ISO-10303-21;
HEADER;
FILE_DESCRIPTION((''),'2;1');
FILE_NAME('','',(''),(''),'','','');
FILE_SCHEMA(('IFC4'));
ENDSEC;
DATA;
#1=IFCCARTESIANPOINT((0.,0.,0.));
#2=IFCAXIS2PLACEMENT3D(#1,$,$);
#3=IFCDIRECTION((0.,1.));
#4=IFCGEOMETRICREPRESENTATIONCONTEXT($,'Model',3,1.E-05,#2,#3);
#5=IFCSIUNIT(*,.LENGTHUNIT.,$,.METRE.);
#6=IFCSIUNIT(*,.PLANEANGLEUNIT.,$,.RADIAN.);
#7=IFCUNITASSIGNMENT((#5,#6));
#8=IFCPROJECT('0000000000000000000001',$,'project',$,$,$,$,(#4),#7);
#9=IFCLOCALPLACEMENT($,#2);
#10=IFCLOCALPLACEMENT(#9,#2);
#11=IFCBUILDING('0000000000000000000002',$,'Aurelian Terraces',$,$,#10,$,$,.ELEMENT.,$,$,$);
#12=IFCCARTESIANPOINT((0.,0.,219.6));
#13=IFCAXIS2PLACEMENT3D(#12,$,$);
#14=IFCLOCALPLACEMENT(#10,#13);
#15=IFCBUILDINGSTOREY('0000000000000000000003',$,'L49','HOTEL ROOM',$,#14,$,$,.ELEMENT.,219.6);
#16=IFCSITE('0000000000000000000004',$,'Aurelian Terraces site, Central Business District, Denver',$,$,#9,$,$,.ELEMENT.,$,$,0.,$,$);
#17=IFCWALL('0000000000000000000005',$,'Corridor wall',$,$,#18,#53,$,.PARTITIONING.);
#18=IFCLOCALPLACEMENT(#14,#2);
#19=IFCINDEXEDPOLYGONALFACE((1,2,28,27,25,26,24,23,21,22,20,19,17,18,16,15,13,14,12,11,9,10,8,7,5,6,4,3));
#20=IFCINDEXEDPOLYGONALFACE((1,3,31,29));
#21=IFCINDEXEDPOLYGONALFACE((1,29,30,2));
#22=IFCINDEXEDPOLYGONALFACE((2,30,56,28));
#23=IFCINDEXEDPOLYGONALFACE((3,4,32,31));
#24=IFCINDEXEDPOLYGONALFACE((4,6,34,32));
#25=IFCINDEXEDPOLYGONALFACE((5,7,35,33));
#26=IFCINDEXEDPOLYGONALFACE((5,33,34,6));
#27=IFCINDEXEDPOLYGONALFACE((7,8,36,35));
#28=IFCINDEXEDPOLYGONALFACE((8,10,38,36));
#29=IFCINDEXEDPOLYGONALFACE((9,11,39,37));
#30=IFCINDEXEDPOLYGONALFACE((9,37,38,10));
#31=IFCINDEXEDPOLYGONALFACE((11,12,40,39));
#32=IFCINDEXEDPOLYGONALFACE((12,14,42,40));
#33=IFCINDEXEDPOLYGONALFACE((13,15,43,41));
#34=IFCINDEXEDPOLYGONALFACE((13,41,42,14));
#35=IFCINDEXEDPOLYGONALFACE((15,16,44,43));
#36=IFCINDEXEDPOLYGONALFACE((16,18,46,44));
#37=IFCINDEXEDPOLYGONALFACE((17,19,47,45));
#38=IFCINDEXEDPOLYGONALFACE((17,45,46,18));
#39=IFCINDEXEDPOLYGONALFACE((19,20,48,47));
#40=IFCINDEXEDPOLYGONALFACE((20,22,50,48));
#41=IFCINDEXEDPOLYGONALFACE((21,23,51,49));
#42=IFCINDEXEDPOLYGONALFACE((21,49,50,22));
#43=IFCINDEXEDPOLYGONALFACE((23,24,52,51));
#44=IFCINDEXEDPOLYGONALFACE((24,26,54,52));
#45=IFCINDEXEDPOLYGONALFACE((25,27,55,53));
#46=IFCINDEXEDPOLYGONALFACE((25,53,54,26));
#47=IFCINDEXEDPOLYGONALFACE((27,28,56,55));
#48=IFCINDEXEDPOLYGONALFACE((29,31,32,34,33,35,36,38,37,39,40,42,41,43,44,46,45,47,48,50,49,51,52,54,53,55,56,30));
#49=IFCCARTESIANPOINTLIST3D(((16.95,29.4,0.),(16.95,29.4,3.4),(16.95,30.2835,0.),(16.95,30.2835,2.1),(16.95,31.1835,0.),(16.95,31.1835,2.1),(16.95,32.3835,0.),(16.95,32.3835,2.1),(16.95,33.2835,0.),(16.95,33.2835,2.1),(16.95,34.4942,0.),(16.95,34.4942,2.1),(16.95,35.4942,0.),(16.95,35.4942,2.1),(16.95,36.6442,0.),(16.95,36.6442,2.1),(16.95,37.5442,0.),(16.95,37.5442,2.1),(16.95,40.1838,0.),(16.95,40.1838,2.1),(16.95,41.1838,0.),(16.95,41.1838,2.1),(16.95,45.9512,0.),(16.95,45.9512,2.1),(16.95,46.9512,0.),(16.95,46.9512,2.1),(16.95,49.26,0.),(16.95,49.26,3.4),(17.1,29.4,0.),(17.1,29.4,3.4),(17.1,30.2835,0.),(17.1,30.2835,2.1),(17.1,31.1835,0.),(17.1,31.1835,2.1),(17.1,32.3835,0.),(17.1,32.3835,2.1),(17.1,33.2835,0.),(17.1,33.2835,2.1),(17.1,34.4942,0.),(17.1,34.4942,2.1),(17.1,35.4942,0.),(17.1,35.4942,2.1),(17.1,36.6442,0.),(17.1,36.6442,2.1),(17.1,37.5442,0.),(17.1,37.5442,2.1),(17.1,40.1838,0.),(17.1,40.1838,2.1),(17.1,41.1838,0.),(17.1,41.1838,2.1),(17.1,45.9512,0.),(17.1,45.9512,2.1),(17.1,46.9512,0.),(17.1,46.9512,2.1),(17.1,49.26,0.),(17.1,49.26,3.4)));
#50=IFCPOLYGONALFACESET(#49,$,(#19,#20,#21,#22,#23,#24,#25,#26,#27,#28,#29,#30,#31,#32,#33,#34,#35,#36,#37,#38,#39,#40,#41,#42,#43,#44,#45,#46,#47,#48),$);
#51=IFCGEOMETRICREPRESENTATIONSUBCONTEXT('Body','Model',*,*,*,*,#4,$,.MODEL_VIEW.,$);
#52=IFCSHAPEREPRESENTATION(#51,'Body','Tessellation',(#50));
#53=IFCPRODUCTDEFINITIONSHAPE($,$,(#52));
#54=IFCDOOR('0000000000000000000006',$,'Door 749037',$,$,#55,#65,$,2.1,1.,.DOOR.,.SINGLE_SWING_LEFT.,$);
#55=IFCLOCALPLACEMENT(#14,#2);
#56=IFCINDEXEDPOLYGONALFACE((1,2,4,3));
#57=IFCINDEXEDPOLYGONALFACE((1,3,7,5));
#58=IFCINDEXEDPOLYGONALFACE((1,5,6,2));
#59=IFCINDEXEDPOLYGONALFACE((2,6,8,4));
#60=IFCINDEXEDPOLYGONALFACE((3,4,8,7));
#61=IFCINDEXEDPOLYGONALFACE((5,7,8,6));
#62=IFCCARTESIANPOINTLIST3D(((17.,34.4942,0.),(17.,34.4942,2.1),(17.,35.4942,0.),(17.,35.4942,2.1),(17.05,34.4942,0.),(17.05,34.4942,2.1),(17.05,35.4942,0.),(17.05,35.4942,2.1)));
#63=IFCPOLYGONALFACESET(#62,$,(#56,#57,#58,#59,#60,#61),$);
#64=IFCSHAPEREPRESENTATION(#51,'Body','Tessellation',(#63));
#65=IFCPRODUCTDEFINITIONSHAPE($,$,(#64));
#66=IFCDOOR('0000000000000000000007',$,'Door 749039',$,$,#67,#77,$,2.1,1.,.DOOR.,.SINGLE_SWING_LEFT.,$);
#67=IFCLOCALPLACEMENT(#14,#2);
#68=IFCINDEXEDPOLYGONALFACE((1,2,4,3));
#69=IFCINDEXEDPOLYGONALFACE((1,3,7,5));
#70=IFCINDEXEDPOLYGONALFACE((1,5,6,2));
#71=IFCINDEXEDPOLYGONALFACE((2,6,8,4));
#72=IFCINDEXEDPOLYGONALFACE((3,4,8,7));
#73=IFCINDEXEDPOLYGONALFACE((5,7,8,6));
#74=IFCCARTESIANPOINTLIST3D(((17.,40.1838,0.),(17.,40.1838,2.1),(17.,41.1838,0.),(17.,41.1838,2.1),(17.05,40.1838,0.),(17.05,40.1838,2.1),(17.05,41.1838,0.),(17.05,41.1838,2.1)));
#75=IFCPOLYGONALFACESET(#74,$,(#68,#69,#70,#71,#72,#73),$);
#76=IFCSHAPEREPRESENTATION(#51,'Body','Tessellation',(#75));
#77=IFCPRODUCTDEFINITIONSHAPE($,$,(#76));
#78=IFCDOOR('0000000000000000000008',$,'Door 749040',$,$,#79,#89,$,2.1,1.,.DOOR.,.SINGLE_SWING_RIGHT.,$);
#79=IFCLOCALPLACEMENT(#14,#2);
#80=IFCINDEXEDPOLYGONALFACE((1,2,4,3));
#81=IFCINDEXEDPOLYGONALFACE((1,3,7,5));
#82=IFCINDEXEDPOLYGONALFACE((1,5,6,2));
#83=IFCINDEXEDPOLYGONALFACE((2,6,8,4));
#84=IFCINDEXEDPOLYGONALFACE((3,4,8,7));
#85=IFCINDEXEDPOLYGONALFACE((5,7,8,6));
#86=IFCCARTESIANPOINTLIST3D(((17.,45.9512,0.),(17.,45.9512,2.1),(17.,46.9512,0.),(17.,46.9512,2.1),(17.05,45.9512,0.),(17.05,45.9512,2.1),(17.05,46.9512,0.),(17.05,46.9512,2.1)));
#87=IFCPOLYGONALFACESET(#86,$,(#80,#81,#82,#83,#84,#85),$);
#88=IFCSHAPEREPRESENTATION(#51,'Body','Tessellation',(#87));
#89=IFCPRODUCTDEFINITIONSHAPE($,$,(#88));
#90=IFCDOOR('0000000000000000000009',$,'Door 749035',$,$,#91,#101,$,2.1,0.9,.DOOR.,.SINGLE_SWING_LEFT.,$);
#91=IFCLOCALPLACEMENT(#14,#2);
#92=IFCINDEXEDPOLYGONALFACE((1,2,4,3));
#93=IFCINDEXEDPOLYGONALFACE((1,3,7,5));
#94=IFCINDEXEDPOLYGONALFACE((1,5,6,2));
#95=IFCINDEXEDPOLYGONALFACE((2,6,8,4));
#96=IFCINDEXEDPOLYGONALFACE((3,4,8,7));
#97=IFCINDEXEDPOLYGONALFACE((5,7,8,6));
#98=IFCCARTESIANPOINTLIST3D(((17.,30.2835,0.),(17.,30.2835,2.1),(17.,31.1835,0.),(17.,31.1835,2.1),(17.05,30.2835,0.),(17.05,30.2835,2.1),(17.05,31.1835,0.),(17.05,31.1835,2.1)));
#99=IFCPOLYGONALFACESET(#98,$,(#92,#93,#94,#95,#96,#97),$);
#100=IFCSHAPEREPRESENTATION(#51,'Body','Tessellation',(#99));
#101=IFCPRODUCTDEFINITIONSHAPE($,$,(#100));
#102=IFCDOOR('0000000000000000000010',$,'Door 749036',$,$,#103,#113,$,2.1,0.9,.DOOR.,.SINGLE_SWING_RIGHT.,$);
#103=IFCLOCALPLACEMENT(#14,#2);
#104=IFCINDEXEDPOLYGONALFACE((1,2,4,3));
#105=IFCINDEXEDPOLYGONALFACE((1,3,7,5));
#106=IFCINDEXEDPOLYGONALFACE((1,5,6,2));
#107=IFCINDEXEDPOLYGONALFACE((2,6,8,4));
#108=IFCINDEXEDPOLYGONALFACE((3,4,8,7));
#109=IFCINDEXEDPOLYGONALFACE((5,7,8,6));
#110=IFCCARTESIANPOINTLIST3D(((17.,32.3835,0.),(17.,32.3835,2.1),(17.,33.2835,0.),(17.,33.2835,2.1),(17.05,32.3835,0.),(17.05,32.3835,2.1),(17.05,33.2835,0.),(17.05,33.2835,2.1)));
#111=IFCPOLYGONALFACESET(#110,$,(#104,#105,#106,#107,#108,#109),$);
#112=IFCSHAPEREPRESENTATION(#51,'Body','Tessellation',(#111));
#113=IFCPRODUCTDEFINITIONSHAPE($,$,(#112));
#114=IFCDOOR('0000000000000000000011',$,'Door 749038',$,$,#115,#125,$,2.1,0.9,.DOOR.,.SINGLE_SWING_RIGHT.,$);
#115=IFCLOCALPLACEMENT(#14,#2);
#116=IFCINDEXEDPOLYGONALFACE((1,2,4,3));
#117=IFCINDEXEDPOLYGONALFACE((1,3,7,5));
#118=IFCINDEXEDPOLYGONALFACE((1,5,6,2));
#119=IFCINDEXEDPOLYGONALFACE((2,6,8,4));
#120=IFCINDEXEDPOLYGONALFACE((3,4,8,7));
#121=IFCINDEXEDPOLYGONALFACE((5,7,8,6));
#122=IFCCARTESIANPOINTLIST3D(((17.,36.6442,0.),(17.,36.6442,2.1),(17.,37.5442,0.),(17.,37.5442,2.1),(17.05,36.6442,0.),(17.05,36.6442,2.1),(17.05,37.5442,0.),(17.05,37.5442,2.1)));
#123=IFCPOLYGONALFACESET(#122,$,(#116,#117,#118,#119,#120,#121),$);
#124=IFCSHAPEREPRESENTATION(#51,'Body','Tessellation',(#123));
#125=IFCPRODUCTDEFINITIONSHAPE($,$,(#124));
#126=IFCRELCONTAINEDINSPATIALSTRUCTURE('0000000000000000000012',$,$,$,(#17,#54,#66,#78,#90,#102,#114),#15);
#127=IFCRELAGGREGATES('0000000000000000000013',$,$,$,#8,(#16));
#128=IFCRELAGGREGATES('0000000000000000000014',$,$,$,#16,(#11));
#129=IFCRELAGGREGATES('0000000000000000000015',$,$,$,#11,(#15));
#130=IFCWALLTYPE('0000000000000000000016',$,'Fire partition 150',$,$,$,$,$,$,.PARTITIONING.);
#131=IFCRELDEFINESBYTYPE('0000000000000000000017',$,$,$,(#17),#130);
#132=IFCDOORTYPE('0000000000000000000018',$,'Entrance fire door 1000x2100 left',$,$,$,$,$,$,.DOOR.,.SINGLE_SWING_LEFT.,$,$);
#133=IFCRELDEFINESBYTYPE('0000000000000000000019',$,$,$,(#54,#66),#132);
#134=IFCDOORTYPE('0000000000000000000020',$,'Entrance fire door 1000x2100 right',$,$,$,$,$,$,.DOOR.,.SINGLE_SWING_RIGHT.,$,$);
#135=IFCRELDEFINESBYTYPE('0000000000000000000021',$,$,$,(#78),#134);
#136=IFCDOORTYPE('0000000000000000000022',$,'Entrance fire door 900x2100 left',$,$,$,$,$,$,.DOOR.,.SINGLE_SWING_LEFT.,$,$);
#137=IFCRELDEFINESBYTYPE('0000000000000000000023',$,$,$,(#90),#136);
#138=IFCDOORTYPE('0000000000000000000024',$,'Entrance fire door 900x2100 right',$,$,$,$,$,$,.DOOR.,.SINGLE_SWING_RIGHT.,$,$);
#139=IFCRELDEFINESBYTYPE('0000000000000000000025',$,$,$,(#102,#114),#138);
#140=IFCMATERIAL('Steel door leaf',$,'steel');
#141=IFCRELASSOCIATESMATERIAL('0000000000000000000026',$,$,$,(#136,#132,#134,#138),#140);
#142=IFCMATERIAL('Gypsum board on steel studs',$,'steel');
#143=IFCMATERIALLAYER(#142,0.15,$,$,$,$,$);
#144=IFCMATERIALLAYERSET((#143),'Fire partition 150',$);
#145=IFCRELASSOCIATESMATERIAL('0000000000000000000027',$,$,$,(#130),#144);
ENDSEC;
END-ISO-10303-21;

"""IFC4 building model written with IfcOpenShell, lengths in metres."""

from ifc_helpers import new_model, si_unit, direction, frame, frame_2d, origin, place, context, subcontext, project, spatial, rectangle, extrude, source, transform, mapped, material, layer, layer_set, type_object, element, fill, save


model = new_model("IFC4")

# Units and contexts
model_context = context("Model", 3, precision=1e-05, world=origin(), true_north=direction((0.0, 1.0)))
body_context = subcontext(model_context, "Body", "Model", "MODEL_VIEW")
ifc_project = project(units=[si_unit("LENGTHUNIT", "METRE"), si_unit("PLANEANGLEUNIT", "RADIAN")], contexts=[model_context])

# Site, building, storey
site_placement = place(None, origin())
site = spatial("IfcSite", under=ifc_project, at=site_placement, Name="Aurelian Terraces site, Central Business District, Denver", CompositionType="ELEMENT", RefElevation=0.0)
building_placement = place(site_placement, origin())
building = spatial("IfcBuilding", under=site, at=building_placement, Name="Aurelian Terraces", CompositionType="ELEMENT")
storey_placement = place(building_placement, frame((0.0, 0.0, 219.6)))
storey = spatial("IfcBuildingStorey", under=building, at=storey_placement, Name="L49", Description="HOTEL ROOM", CompositionType="ELEMENT", Elevation=219.6)

# Shared definitions
ifc_material_1 = material(Name="Gypsum board on steel studs", Category="steel")

# Shared definitions
shared_shape_1 = source(origin(), body_context, "Body", "SweptSolid", [
    extrude(rectangle(XDim=0.9, YDim=2.1, at=frame_2d((0.45, 1.05))), frame((0.0, 0.085, 0.0), z_axis=(0.0, -1.0, 0.0), x_axis=(1.0, 0.0, 0.0)), (0.0, 0.0, 1.0), 0.17),
])
shared_shape_2 = source(origin(), body_context, "Body", "SweptSolid", [
    extrude(rectangle(XDim=0.9, YDim=2.1, at=frame_2d((0.45, 1.05))), frame((0.0, 0.025, 0.0), z_axis=(0.0, -1.0, 0.0), x_axis=(1.0, 0.0, 0.0)), (0.0, 0.0, 1.0), 0.05),
])
ifc_material_2 = material(Name="Steel door leaf", Category="steel")
door_type_1 = type_object("IfcDoorType", Name="Entrance fire door 900x2100 left", OperationType="SINGLE_SWING_LEFT", PredefinedType="DOOR", material=ifc_material_2)

# Shared definitions
ifc_layer_1 = layer(ifc_material_1, 0.15)
ifc_layer_set_1 = layer_set([ifc_layer_1], Name="Fire partition 150")
wall_type_1 = type_object("IfcWallType", Name="Fire partition 150", PredefinedType="PARTITIONING", material=ifc_layer_set_1)

# Wall, openings, doors
shared_shape_3 = source(origin(), body_context, "Body", "SweptSolid", [
    extrude(rectangle(XDim=19.86, YDim=0.15, at=frame_2d((9.93, 0.0))), origin(), (0.0, 0.0, 1.0), 3.4),
])
wall_1_placement = place(storey_placement, frame((17.025, 49.26, 0.0), z_axis=(0.0, 0.0, 1.0), x_axis=(0.0, -1.0, 0.0)))
wall_1 = element("IfcWall", 1, at=wall_1_placement, inside=storey, type_object=wall_type_1, Name="Corridor wall", PredefinedType="PARTITIONING", context=body_context, shape_type="MappedRepresentation", body=[
    mapped(shared_shape_3, transform((0.0, 0.0, 0.0), scale=1.0)),
])
opening_1_placement = place(wall_1_placement, frame((18.0765, 0.0, 0.0)))
opening_1 = element("IfcOpeningElement", 2, at=opening_1_placement, cuts=wall_1, PredefinedType="OPENING", context=body_context, shape_type="MappedRepresentation", body=[
    mapped(shared_shape_1, transform((0.0, 0.0, 0.0), scale=1.0)),
])
opening_2_placement = place(wall_1_placement, frame((15.9765, 0.0, 0.0)))
opening_2 = element("IfcOpeningElement", 3, at=opening_2_placement, cuts=wall_1, PredefinedType="OPENING", context=body_context, shape_type="MappedRepresentation", body=[
    mapped(shared_shape_1, transform((0.0, 0.0, 0.0), scale=1.0)),
])
shared_shape_4 = source(origin(), body_context, "Body", "SweptSolid", [
    extrude(rectangle(XDim=1.0, YDim=2.1, at=frame_2d((0.5, 1.05))), frame((0.0, 0.085, 0.0), z_axis=(0.0, -1.0, 0.0), x_axis=(1.0, 0.0, 0.0)), (0.0, 0.0, 1.0), 0.17),
])
opening_3_placement = place(wall_1_placement, frame((13.7658, 0.0, 0.0)))
opening_3 = element("IfcOpeningElement", 4, at=opening_3_placement, cuts=wall_1, PredefinedType="OPENING", context=body_context, shape_type="MappedRepresentation", body=[
    mapped(shared_shape_4, transform((0.0, 0.0, 0.0), scale=1.0)),
])
opening_4_placement = place(wall_1_placement, frame((11.7158, 0.0, 0.0)))
opening_4 = element("IfcOpeningElement", 5, at=opening_4_placement, cuts=wall_1, PredefinedType="OPENING", context=body_context, shape_type="MappedRepresentation", body=[
    mapped(shared_shape_1, transform((0.0, 0.0, 0.0), scale=1.0)),
])
opening_5_placement = place(wall_1_placement, frame((8.0762, 0.0, 0.0)))
opening_5 = element("IfcOpeningElement", 6, at=opening_5_placement, cuts=wall_1, PredefinedType="OPENING", context=body_context, shape_type="MappedRepresentation", body=[
    mapped(shared_shape_4, transform((0.0, 0.0, 0.0), scale=1.0)),
])
opening_6_placement = place(wall_1_placement, frame((2.3088, 0.0, 0.0)))
opening_6 = element("IfcOpeningElement", 7, at=opening_6_placement, cuts=wall_1, PredefinedType="OPENING", context=body_context, shape_type="MappedRepresentation", body=[
    mapped(shared_shape_4, transform((0.0, 0.0, 0.0), scale=1.0)),
])
door_type_2 = type_object("IfcDoorType", Name="Entrance fire door 1000x2100 left", OperationType="SINGLE_SWING_LEFT", PredefinedType="DOOR", material=ifc_material_2)
shared_shape_5 = source(origin(), body_context, "Body", "SweptSolid", [
    extrude(rectangle(XDim=1.0, YDim=2.1, at=frame_2d((0.5, 1.05))), frame((0.0, 0.025, 0.0), z_axis=(0.0, -1.0, 0.0), x_axis=(1.0, 0.0, 0.0)), (0.0, 0.0, 1.0), 0.05),
])
door_1_placement = place(opening_3_placement, origin())
door_1 = element("IfcDoor", 8, at=door_1_placement, inside=storey, type_object=door_type_2, Name="Door 749037", OperationType="SINGLE_SWING_LEFT", OverallHeight=2.1, OverallWidth=1.0, PredefinedType="DOOR", context=body_context, shape_type="MappedRepresentation", body=[
    mapped(shared_shape_5, transform((0.0, 0.0, 0.0), scale=1.0)),
])
fill(opening_3, door_1)
door_2_placement = place(opening_5_placement, origin())
door_2 = element("IfcDoor", 9, at=door_2_placement, inside=storey, type_object=door_type_2, Name="Door 749039", OperationType="SINGLE_SWING_LEFT", OverallHeight=2.1, OverallWidth=1.0, PredefinedType="DOOR", context=body_context, shape_type="MappedRepresentation", body=[
    mapped(shared_shape_5, transform((0.0, 0.0, 0.0), scale=1.0)),
])
fill(opening_5, door_2)
door_type_3 = type_object("IfcDoorType", Name="Entrance fire door 1000x2100 right", OperationType="SINGLE_SWING_RIGHT", PredefinedType="DOOR", material=ifc_material_2)
door_3_placement = place(opening_6_placement, origin())
door_3 = element("IfcDoor", 10, at=door_3_placement, inside=storey, type_object=door_type_3, Name="Door 749040", OperationType="SINGLE_SWING_RIGHT", OverallHeight=2.1, OverallWidth=1.0, PredefinedType="DOOR", context=body_context, shape_type="MappedRepresentation", body=[
    mapped(shared_shape_5, transform((0.0, 0.0, 0.0), scale=1.0)),
])
fill(opening_6, door_3)
door_4_placement = place(opening_1_placement, origin())
door_4 = element("IfcDoor", 11, at=door_4_placement, inside=storey, type_object=door_type_1, Name="Door 749035", OperationType="SINGLE_SWING_LEFT", OverallHeight=2.1, OverallWidth=0.9, PredefinedType="DOOR", context=body_context, shape_type="MappedRepresentation", body=[
    mapped(shared_shape_2, transform((0.0, 0.0, 0.0), scale=1.0)),
])
fill(opening_1, door_4)
door_type_4 = type_object("IfcDoorType", Name="Entrance fire door 900x2100 right", OperationType="SINGLE_SWING_RIGHT", PredefinedType="DOOR", material=ifc_material_2)
door_5_placement = place(opening_2_placement, origin())
door_5 = element("IfcDoor", 12, at=door_5_placement, inside=storey, type_object=door_type_4, Name="Door 749036", OperationType="SINGLE_SWING_RIGHT", OverallHeight=2.1, OverallWidth=0.9, PredefinedType="DOOR", context=body_context, shape_type="MappedRepresentation", body=[
    mapped(shared_shape_2, transform((0.0, 0.0, 0.0), scale=1.0)),
])
fill(opening_2, door_5)
door_6_placement = place(opening_4_placement, origin())
door_6 = element("IfcDoor", 13, at=door_6_placement, inside=storey, type_object=door_type_4, Name="Door 749038", OperationType="SINGLE_SWING_RIGHT", OverallHeight=2.1, OverallWidth=0.9, PredefinedType="DOOR", context=body_context, shape_type="MappedRepresentation", body=[
    mapped(shared_shape_2, transform((0.0, 0.0, 0.0), scale=1.0)),
])
fill(opening_4, door_6)

save(model, "model.ifc")
